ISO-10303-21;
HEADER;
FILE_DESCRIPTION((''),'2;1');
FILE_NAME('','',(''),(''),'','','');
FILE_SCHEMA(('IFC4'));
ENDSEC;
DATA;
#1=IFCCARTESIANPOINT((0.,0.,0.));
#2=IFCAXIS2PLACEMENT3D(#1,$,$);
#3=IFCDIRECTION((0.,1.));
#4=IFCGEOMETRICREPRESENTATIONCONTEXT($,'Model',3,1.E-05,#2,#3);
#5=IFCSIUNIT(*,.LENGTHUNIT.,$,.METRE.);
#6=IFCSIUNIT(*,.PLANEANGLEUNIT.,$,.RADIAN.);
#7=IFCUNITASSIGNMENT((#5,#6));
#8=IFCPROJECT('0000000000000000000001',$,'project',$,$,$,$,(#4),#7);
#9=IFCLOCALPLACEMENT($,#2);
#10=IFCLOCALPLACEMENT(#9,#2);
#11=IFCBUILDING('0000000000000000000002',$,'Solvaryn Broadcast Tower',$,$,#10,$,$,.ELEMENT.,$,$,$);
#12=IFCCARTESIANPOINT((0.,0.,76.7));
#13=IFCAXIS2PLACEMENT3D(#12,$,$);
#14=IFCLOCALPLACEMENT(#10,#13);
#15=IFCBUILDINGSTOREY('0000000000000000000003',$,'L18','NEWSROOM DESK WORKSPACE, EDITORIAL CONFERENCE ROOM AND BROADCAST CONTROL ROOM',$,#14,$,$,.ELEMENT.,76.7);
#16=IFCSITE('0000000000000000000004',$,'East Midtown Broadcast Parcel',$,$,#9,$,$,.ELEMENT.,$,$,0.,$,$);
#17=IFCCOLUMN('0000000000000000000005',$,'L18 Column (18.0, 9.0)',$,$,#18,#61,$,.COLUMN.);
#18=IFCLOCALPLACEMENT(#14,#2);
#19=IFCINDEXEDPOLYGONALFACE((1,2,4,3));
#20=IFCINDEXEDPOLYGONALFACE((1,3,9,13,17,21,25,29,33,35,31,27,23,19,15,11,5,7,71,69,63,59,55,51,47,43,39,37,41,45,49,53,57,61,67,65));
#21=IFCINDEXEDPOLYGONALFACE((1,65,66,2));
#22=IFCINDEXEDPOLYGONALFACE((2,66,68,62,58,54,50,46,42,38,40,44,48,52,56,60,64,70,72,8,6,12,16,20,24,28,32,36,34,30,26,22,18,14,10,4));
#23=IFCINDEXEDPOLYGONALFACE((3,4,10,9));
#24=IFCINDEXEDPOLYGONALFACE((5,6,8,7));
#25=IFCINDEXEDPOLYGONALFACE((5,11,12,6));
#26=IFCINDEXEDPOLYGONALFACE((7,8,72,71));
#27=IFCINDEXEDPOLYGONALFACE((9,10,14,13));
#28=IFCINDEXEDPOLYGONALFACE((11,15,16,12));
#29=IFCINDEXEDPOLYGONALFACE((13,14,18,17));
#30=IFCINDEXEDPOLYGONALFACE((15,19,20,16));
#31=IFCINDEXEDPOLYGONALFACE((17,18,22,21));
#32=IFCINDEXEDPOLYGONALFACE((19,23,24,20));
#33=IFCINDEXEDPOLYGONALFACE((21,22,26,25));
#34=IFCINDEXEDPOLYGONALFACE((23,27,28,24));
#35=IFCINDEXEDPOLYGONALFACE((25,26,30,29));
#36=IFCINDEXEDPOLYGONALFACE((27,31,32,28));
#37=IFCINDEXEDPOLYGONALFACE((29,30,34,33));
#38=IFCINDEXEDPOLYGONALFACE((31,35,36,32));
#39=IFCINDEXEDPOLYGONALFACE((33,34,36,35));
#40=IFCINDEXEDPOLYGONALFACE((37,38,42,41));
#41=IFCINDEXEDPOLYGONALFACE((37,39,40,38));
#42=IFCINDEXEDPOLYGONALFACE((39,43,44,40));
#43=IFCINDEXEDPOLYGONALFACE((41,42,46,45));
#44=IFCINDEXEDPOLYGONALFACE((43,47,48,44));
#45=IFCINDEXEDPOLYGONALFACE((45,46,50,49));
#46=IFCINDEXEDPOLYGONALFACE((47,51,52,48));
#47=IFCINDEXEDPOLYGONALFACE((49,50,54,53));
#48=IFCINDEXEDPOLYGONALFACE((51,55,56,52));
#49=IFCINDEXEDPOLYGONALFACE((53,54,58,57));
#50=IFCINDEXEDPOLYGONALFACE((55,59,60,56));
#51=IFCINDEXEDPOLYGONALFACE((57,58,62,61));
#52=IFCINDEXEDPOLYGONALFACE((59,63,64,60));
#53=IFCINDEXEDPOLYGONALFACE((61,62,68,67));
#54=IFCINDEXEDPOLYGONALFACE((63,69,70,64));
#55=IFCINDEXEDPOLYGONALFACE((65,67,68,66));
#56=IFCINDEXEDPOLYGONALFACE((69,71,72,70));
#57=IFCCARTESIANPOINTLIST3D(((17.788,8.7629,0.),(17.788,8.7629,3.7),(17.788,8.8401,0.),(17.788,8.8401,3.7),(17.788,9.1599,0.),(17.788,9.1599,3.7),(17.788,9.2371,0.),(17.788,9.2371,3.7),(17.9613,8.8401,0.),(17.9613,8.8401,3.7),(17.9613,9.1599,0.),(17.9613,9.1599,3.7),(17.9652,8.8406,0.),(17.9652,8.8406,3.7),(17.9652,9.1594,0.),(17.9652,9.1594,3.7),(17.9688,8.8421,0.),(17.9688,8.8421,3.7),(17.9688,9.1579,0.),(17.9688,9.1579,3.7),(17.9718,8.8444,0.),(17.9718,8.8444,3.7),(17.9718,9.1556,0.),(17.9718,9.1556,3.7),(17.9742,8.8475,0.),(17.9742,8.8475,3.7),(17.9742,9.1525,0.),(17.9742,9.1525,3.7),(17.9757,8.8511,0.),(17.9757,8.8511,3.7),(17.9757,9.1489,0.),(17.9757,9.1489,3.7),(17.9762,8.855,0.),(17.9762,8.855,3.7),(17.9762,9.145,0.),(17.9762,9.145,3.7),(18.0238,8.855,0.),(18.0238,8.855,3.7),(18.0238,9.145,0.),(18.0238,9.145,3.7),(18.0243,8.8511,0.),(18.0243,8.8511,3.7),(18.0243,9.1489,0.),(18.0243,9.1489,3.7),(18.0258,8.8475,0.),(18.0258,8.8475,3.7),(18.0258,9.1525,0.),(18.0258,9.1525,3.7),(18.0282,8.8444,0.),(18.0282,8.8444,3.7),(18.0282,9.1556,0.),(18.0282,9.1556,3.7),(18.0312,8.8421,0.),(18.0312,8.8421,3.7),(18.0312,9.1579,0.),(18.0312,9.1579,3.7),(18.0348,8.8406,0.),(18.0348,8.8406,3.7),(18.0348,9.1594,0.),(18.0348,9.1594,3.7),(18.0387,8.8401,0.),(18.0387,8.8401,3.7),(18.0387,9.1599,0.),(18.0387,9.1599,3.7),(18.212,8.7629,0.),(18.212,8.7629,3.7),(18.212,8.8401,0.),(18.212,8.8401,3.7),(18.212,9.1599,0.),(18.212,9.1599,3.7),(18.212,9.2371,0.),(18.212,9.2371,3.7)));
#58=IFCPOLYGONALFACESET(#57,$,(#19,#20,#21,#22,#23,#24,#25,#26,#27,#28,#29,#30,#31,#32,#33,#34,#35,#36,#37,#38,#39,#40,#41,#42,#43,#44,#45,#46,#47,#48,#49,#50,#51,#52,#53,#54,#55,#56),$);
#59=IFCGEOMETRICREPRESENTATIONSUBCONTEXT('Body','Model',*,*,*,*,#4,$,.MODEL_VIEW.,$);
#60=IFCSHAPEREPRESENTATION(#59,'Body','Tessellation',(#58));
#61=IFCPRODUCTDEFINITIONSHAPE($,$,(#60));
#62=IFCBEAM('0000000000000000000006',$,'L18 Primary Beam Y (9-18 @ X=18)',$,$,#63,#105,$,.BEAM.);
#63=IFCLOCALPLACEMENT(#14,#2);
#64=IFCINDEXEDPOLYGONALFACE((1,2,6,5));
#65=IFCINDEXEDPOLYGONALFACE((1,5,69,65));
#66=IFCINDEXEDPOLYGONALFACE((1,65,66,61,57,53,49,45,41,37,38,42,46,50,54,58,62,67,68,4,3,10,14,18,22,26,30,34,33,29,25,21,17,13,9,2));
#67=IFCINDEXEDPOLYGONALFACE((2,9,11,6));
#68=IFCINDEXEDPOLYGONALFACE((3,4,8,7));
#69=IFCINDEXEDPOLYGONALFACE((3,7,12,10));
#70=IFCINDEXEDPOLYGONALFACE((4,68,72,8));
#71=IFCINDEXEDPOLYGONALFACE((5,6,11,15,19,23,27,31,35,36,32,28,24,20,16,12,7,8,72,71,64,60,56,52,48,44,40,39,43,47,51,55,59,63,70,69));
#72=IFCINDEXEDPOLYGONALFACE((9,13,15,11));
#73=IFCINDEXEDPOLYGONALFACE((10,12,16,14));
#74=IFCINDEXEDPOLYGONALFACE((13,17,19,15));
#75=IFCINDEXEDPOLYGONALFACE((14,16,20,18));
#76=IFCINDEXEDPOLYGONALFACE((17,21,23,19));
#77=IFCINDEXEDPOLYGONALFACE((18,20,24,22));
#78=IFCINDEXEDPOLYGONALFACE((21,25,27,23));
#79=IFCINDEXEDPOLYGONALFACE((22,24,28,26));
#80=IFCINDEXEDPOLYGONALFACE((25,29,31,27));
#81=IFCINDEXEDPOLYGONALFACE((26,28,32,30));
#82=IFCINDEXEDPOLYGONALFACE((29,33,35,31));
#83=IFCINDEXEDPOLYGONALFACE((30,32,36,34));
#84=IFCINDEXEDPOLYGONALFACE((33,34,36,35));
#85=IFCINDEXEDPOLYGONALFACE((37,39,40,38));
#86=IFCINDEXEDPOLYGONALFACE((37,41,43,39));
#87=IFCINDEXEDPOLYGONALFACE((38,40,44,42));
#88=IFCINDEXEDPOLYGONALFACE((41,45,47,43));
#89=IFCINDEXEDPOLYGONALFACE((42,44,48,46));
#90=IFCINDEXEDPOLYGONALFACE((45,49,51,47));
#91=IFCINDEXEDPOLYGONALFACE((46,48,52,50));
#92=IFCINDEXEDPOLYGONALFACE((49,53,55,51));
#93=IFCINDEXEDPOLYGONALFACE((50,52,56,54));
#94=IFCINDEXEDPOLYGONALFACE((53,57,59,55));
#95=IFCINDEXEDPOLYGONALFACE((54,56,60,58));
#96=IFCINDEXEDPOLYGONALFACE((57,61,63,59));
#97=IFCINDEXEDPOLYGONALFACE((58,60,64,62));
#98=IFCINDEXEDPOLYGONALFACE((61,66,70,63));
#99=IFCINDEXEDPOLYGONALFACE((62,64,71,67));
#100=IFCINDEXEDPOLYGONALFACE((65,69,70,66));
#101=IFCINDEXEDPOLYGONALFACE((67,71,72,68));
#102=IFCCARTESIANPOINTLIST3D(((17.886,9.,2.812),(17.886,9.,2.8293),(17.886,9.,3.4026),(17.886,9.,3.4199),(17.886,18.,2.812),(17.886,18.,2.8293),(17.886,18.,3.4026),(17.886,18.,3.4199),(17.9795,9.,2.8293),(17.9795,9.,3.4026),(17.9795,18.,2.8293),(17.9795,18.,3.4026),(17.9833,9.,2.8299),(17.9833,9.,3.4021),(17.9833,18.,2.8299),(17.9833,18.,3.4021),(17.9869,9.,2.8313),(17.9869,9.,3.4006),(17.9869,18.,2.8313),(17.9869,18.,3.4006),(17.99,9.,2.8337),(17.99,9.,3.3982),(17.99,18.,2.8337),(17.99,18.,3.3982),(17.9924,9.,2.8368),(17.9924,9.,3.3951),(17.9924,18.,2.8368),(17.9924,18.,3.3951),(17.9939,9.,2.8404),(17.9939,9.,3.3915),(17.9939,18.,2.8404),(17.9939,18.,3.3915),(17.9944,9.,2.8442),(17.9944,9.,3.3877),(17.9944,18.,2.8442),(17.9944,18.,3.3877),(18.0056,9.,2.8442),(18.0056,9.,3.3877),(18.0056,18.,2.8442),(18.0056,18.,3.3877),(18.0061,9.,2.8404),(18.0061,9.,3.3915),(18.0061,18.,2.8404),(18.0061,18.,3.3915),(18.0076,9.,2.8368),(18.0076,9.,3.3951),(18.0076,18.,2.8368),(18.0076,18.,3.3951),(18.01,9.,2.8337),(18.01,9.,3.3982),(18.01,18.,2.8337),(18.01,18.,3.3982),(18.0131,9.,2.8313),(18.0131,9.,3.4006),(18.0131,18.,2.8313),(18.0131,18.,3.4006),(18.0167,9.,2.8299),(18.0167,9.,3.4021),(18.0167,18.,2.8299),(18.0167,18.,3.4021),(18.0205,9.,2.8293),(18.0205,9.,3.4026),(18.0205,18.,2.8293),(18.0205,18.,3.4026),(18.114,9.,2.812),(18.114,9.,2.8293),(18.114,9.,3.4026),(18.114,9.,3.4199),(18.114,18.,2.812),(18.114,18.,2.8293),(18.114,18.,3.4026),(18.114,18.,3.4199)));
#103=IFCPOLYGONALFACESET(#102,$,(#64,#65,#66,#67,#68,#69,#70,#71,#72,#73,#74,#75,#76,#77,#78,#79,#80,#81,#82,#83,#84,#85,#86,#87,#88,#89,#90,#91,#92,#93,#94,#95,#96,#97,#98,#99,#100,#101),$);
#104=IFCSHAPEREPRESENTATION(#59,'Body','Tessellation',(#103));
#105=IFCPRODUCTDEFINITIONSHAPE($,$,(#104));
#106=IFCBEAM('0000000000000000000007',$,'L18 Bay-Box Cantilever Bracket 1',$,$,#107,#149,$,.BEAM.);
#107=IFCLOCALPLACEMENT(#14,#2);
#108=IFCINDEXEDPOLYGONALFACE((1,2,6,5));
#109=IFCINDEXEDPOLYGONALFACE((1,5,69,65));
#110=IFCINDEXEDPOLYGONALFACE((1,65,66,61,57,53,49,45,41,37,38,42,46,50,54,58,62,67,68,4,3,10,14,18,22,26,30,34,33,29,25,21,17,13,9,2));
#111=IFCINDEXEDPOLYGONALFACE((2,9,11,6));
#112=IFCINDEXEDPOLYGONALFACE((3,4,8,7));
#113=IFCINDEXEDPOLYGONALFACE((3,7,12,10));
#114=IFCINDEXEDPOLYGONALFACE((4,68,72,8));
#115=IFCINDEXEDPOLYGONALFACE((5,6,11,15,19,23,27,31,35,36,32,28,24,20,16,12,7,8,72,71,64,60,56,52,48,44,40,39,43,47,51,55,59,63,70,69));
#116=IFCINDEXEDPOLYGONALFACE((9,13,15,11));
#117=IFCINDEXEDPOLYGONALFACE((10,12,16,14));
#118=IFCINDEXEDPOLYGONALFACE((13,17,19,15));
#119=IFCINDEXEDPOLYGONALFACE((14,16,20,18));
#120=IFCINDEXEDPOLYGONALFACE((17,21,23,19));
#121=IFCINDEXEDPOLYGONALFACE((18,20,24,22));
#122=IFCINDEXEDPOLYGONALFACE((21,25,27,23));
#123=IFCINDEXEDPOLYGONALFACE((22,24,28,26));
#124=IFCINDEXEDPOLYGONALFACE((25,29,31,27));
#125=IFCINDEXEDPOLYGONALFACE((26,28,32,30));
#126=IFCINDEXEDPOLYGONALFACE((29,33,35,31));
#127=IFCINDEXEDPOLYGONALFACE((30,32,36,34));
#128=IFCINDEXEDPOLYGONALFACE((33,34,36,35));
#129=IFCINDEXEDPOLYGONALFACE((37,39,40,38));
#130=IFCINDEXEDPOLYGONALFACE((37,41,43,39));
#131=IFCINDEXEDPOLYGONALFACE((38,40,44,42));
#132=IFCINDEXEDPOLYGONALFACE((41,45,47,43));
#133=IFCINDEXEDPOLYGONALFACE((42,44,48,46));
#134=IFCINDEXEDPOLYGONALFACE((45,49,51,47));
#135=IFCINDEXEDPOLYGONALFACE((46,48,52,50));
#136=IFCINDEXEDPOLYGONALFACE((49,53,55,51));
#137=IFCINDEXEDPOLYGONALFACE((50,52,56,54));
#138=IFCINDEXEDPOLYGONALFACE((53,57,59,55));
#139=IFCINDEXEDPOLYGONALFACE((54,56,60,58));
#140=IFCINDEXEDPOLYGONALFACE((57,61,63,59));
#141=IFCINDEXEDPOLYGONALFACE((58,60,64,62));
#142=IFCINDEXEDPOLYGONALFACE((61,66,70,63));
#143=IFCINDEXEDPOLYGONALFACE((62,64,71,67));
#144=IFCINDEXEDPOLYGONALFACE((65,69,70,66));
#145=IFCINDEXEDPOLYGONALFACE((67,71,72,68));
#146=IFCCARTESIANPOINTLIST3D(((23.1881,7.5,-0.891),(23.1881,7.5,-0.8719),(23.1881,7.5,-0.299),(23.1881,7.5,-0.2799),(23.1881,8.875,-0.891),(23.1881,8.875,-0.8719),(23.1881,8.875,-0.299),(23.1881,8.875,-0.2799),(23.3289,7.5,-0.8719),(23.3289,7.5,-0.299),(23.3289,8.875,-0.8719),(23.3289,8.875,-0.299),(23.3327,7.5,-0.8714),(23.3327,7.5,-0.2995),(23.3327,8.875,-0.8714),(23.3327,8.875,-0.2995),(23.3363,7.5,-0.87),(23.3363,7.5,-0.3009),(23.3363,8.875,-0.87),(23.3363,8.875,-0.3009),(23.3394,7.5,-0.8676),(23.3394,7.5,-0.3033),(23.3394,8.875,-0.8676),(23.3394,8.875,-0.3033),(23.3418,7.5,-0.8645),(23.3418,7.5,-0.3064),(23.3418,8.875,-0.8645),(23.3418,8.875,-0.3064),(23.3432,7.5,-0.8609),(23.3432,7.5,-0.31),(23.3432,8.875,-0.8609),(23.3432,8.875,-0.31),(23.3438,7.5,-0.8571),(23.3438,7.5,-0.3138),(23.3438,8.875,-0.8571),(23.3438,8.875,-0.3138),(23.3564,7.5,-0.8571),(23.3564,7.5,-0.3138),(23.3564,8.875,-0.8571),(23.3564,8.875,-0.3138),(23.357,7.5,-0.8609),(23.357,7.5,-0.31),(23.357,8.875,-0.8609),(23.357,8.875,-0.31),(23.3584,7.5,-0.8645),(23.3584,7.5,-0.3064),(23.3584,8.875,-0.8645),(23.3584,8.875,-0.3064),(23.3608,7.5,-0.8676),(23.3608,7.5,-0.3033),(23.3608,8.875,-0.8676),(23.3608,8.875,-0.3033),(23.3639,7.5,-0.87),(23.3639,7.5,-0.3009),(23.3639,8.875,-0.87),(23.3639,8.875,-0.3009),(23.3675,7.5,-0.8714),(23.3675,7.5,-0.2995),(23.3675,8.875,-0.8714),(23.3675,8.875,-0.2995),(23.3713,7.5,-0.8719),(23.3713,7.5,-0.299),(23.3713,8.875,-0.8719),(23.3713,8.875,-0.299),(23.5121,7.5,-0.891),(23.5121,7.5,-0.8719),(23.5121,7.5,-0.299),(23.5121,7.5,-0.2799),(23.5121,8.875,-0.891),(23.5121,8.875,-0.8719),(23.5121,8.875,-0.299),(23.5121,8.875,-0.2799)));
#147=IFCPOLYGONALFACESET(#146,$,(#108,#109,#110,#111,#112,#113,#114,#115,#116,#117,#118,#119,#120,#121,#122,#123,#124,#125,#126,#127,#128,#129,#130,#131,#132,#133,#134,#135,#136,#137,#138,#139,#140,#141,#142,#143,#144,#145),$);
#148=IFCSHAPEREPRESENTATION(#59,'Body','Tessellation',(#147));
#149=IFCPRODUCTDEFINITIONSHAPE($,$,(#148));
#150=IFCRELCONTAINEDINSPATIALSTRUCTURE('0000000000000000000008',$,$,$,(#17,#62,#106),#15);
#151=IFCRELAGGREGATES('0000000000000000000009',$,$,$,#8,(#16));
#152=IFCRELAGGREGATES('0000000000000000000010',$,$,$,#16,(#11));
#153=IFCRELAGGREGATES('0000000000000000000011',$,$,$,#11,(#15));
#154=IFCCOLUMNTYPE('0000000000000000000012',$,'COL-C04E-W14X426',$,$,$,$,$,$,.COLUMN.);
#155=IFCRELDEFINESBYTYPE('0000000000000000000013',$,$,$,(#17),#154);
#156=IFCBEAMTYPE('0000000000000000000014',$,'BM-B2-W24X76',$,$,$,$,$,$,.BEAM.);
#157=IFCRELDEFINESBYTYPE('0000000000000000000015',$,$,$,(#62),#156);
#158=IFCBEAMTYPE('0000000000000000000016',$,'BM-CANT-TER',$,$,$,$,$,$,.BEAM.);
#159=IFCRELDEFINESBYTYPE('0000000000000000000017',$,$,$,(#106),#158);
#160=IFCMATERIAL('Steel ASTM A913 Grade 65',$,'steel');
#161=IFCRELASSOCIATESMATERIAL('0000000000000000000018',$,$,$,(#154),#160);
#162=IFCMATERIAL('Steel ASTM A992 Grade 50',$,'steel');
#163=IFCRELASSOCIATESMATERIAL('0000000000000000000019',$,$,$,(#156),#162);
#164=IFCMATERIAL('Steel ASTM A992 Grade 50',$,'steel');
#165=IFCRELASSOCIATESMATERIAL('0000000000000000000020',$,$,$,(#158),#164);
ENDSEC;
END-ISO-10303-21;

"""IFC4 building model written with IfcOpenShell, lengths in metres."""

from ifc_helpers import new_model, si_unit, direction, frame, origin, origin_2d, place, context, subcontext, project, spatial, i_section, extrude, material, material_profile, profile_set, type_object, element, save


model = new_model("IFC4")

# Units and contexts
model_context = context("Model", 3, precision=1e-05, world=origin(), true_north=direction((0.0, 1.0)))
body_context = subcontext(model_context, "Body", "Model", "MODEL_VIEW")
ifc_project = project(units=[si_unit("LENGTHUNIT", "METRE"), si_unit("PLANEANGLEUNIT", "RADIAN")], contexts=[model_context])

# Site, building, storey
site_placement = place(None, origin())
site = spatial("IfcSite", under=ifc_project, at=site_placement, Name="East Midtown Broadcast Parcel", CompositionType="ELEMENT", RefElevation=0.0)
building_placement = place(site_placement, origin())
building = spatial("IfcBuilding", under=site, at=building_placement, Name="Solvaryn Broadcast Tower", CompositionType="ELEMENT")
storey_placement = place(building_placement, frame((0.0, 0.0, 76.7)))
storey = spatial("IfcBuildingStorey", under=building, at=storey_placement, Name="L18", Description="NEWSROOM DESK WORKSPACE, EDITORIAL CONFERENCE ROOM AND BROADCAST CONTROL ROOM", CompositionType="ELEMENT", Elevation=76.7)

# Column
ifc_material_1 = material(Name="Steel ASTM A913 Grade 65", Category="steel")
ifc_material_profile_1 = material_profile(ifc_material_1, i_section(OverallWidth=0.4241, OverallDepth=0.4741, WebThickness=0.0476, FlangeThickness=0.0771, FilletRadius=0.0149, at=origin_2d()))
ifc_profile_set_1 = profile_set([ifc_material_profile_1], Name="Steel ASTM A913 Grade 65")
column_type = type_object("IfcColumnType", Name="COL-C04E-W14X426", PredefinedType="COLUMN", material=ifc_profile_set_1)
column_placement = place(storey_placement, frame((18.0, 9.0, 0.0), z_axis=(0.0, 0.0, 1.0), x_axis=(1.0, 0.0, 0.0)))
element("IfcColumn", 1, at=column_placement, inside=storey, type_object=column_type, Name="L18 Column (18.0, 9.0)", PredefinedType="COLUMN", context=body_context, shape_type="SweptSolid", body=[
    extrude(i_section(OverallWidth=0.4241, OverallDepth=0.4741, WebThickness=0.0476, FlangeThickness=0.0771, FilletRadius=0.0149, at=origin_2d()), origin(), (0.0, 0.0, 1.0), 3.7),
])

# Beams
ifc_material_2 = material(Name="Steel ASTM A992 Grade 50", Category="steel")
ifc_material_profile_2 = material_profile(ifc_material_2, i_section(OverallWidth=0.228, OverallDepth=0.6079, WebThickness=0.0112, FlangeThickness=0.0173, FilletRadius=0.0149, at=origin_2d()))
ifc_profile_set_2 = profile_set([ifc_material_profile_2], Name="Steel ASTM A992 Grade 50")
beam_type_1 = type_object("IfcBeamType", Name="BM-B2-W24X76", PredefinedType="BEAM", material=ifc_profile_set_2)
beam_1_placement = place(storey_placement, frame((18.0, 9.0, 3.116), z_axis=(0.0, 1.0, 0.0), x_axis=(-1.0, 0.0, 0.0)))
element("IfcBeam", 2, at=beam_1_placement, inside=storey, type_object=beam_type_1, Name="L18 Primary Beam Y (9-18 @ X=18)", PredefinedType="BEAM", context=body_context, shape_type="SweptSolid", body=[
    extrude(i_section(OverallWidth=0.228, OverallDepth=0.6079, WebThickness=0.0112, FlangeThickness=0.0173, FilletRadius=0.0149, at=origin_2d()), origin(), (0.0, 0.0, 1.0), 9.0),
])
ifc_material_3 = material(Name="Steel ASTM A992 Grade 50", Category="steel")
ifc_material_profile_3 = material_profile(ifc_material_3, i_section(OverallWidth=0.324, OverallDepth=0.6111, WebThickness=0.0127, FlangeThickness=0.019, FilletRadius=0.0149, at=origin_2d()))
ifc_profile_set_3 = profile_set([ifc_material_profile_3], Name="Steel ASTM A992 Grade 50")
beam_type_2 = type_object("IfcBeamType", Name="BM-CANT-TER", PredefinedType="BEAM", material=ifc_profile_set_3)
beam_2_placement = place(storey_placement, frame((23.3501, 8.875, -0.5854), z_axis=(0.0, -1.0, 0.0), x_axis=(1.0, 0.0, 0.0)))
element("IfcBeam", 3, at=beam_2_placement, inside=storey, type_object=beam_type_2, Name="L18 Bay-Box Cantilever Bracket 1", PredefinedType="BEAM", context=body_context, shape_type="SweptSolid", body=[
    extrude(i_section(OverallWidth=0.324, OverallDepth=0.6111, WebThickness=0.0127, FlangeThickness=0.019, FilletRadius=0.0149, at=origin_2d()), origin(), (0.0, 0.0, 1.0), 1.375),
])

save(model, "model.ifc")
